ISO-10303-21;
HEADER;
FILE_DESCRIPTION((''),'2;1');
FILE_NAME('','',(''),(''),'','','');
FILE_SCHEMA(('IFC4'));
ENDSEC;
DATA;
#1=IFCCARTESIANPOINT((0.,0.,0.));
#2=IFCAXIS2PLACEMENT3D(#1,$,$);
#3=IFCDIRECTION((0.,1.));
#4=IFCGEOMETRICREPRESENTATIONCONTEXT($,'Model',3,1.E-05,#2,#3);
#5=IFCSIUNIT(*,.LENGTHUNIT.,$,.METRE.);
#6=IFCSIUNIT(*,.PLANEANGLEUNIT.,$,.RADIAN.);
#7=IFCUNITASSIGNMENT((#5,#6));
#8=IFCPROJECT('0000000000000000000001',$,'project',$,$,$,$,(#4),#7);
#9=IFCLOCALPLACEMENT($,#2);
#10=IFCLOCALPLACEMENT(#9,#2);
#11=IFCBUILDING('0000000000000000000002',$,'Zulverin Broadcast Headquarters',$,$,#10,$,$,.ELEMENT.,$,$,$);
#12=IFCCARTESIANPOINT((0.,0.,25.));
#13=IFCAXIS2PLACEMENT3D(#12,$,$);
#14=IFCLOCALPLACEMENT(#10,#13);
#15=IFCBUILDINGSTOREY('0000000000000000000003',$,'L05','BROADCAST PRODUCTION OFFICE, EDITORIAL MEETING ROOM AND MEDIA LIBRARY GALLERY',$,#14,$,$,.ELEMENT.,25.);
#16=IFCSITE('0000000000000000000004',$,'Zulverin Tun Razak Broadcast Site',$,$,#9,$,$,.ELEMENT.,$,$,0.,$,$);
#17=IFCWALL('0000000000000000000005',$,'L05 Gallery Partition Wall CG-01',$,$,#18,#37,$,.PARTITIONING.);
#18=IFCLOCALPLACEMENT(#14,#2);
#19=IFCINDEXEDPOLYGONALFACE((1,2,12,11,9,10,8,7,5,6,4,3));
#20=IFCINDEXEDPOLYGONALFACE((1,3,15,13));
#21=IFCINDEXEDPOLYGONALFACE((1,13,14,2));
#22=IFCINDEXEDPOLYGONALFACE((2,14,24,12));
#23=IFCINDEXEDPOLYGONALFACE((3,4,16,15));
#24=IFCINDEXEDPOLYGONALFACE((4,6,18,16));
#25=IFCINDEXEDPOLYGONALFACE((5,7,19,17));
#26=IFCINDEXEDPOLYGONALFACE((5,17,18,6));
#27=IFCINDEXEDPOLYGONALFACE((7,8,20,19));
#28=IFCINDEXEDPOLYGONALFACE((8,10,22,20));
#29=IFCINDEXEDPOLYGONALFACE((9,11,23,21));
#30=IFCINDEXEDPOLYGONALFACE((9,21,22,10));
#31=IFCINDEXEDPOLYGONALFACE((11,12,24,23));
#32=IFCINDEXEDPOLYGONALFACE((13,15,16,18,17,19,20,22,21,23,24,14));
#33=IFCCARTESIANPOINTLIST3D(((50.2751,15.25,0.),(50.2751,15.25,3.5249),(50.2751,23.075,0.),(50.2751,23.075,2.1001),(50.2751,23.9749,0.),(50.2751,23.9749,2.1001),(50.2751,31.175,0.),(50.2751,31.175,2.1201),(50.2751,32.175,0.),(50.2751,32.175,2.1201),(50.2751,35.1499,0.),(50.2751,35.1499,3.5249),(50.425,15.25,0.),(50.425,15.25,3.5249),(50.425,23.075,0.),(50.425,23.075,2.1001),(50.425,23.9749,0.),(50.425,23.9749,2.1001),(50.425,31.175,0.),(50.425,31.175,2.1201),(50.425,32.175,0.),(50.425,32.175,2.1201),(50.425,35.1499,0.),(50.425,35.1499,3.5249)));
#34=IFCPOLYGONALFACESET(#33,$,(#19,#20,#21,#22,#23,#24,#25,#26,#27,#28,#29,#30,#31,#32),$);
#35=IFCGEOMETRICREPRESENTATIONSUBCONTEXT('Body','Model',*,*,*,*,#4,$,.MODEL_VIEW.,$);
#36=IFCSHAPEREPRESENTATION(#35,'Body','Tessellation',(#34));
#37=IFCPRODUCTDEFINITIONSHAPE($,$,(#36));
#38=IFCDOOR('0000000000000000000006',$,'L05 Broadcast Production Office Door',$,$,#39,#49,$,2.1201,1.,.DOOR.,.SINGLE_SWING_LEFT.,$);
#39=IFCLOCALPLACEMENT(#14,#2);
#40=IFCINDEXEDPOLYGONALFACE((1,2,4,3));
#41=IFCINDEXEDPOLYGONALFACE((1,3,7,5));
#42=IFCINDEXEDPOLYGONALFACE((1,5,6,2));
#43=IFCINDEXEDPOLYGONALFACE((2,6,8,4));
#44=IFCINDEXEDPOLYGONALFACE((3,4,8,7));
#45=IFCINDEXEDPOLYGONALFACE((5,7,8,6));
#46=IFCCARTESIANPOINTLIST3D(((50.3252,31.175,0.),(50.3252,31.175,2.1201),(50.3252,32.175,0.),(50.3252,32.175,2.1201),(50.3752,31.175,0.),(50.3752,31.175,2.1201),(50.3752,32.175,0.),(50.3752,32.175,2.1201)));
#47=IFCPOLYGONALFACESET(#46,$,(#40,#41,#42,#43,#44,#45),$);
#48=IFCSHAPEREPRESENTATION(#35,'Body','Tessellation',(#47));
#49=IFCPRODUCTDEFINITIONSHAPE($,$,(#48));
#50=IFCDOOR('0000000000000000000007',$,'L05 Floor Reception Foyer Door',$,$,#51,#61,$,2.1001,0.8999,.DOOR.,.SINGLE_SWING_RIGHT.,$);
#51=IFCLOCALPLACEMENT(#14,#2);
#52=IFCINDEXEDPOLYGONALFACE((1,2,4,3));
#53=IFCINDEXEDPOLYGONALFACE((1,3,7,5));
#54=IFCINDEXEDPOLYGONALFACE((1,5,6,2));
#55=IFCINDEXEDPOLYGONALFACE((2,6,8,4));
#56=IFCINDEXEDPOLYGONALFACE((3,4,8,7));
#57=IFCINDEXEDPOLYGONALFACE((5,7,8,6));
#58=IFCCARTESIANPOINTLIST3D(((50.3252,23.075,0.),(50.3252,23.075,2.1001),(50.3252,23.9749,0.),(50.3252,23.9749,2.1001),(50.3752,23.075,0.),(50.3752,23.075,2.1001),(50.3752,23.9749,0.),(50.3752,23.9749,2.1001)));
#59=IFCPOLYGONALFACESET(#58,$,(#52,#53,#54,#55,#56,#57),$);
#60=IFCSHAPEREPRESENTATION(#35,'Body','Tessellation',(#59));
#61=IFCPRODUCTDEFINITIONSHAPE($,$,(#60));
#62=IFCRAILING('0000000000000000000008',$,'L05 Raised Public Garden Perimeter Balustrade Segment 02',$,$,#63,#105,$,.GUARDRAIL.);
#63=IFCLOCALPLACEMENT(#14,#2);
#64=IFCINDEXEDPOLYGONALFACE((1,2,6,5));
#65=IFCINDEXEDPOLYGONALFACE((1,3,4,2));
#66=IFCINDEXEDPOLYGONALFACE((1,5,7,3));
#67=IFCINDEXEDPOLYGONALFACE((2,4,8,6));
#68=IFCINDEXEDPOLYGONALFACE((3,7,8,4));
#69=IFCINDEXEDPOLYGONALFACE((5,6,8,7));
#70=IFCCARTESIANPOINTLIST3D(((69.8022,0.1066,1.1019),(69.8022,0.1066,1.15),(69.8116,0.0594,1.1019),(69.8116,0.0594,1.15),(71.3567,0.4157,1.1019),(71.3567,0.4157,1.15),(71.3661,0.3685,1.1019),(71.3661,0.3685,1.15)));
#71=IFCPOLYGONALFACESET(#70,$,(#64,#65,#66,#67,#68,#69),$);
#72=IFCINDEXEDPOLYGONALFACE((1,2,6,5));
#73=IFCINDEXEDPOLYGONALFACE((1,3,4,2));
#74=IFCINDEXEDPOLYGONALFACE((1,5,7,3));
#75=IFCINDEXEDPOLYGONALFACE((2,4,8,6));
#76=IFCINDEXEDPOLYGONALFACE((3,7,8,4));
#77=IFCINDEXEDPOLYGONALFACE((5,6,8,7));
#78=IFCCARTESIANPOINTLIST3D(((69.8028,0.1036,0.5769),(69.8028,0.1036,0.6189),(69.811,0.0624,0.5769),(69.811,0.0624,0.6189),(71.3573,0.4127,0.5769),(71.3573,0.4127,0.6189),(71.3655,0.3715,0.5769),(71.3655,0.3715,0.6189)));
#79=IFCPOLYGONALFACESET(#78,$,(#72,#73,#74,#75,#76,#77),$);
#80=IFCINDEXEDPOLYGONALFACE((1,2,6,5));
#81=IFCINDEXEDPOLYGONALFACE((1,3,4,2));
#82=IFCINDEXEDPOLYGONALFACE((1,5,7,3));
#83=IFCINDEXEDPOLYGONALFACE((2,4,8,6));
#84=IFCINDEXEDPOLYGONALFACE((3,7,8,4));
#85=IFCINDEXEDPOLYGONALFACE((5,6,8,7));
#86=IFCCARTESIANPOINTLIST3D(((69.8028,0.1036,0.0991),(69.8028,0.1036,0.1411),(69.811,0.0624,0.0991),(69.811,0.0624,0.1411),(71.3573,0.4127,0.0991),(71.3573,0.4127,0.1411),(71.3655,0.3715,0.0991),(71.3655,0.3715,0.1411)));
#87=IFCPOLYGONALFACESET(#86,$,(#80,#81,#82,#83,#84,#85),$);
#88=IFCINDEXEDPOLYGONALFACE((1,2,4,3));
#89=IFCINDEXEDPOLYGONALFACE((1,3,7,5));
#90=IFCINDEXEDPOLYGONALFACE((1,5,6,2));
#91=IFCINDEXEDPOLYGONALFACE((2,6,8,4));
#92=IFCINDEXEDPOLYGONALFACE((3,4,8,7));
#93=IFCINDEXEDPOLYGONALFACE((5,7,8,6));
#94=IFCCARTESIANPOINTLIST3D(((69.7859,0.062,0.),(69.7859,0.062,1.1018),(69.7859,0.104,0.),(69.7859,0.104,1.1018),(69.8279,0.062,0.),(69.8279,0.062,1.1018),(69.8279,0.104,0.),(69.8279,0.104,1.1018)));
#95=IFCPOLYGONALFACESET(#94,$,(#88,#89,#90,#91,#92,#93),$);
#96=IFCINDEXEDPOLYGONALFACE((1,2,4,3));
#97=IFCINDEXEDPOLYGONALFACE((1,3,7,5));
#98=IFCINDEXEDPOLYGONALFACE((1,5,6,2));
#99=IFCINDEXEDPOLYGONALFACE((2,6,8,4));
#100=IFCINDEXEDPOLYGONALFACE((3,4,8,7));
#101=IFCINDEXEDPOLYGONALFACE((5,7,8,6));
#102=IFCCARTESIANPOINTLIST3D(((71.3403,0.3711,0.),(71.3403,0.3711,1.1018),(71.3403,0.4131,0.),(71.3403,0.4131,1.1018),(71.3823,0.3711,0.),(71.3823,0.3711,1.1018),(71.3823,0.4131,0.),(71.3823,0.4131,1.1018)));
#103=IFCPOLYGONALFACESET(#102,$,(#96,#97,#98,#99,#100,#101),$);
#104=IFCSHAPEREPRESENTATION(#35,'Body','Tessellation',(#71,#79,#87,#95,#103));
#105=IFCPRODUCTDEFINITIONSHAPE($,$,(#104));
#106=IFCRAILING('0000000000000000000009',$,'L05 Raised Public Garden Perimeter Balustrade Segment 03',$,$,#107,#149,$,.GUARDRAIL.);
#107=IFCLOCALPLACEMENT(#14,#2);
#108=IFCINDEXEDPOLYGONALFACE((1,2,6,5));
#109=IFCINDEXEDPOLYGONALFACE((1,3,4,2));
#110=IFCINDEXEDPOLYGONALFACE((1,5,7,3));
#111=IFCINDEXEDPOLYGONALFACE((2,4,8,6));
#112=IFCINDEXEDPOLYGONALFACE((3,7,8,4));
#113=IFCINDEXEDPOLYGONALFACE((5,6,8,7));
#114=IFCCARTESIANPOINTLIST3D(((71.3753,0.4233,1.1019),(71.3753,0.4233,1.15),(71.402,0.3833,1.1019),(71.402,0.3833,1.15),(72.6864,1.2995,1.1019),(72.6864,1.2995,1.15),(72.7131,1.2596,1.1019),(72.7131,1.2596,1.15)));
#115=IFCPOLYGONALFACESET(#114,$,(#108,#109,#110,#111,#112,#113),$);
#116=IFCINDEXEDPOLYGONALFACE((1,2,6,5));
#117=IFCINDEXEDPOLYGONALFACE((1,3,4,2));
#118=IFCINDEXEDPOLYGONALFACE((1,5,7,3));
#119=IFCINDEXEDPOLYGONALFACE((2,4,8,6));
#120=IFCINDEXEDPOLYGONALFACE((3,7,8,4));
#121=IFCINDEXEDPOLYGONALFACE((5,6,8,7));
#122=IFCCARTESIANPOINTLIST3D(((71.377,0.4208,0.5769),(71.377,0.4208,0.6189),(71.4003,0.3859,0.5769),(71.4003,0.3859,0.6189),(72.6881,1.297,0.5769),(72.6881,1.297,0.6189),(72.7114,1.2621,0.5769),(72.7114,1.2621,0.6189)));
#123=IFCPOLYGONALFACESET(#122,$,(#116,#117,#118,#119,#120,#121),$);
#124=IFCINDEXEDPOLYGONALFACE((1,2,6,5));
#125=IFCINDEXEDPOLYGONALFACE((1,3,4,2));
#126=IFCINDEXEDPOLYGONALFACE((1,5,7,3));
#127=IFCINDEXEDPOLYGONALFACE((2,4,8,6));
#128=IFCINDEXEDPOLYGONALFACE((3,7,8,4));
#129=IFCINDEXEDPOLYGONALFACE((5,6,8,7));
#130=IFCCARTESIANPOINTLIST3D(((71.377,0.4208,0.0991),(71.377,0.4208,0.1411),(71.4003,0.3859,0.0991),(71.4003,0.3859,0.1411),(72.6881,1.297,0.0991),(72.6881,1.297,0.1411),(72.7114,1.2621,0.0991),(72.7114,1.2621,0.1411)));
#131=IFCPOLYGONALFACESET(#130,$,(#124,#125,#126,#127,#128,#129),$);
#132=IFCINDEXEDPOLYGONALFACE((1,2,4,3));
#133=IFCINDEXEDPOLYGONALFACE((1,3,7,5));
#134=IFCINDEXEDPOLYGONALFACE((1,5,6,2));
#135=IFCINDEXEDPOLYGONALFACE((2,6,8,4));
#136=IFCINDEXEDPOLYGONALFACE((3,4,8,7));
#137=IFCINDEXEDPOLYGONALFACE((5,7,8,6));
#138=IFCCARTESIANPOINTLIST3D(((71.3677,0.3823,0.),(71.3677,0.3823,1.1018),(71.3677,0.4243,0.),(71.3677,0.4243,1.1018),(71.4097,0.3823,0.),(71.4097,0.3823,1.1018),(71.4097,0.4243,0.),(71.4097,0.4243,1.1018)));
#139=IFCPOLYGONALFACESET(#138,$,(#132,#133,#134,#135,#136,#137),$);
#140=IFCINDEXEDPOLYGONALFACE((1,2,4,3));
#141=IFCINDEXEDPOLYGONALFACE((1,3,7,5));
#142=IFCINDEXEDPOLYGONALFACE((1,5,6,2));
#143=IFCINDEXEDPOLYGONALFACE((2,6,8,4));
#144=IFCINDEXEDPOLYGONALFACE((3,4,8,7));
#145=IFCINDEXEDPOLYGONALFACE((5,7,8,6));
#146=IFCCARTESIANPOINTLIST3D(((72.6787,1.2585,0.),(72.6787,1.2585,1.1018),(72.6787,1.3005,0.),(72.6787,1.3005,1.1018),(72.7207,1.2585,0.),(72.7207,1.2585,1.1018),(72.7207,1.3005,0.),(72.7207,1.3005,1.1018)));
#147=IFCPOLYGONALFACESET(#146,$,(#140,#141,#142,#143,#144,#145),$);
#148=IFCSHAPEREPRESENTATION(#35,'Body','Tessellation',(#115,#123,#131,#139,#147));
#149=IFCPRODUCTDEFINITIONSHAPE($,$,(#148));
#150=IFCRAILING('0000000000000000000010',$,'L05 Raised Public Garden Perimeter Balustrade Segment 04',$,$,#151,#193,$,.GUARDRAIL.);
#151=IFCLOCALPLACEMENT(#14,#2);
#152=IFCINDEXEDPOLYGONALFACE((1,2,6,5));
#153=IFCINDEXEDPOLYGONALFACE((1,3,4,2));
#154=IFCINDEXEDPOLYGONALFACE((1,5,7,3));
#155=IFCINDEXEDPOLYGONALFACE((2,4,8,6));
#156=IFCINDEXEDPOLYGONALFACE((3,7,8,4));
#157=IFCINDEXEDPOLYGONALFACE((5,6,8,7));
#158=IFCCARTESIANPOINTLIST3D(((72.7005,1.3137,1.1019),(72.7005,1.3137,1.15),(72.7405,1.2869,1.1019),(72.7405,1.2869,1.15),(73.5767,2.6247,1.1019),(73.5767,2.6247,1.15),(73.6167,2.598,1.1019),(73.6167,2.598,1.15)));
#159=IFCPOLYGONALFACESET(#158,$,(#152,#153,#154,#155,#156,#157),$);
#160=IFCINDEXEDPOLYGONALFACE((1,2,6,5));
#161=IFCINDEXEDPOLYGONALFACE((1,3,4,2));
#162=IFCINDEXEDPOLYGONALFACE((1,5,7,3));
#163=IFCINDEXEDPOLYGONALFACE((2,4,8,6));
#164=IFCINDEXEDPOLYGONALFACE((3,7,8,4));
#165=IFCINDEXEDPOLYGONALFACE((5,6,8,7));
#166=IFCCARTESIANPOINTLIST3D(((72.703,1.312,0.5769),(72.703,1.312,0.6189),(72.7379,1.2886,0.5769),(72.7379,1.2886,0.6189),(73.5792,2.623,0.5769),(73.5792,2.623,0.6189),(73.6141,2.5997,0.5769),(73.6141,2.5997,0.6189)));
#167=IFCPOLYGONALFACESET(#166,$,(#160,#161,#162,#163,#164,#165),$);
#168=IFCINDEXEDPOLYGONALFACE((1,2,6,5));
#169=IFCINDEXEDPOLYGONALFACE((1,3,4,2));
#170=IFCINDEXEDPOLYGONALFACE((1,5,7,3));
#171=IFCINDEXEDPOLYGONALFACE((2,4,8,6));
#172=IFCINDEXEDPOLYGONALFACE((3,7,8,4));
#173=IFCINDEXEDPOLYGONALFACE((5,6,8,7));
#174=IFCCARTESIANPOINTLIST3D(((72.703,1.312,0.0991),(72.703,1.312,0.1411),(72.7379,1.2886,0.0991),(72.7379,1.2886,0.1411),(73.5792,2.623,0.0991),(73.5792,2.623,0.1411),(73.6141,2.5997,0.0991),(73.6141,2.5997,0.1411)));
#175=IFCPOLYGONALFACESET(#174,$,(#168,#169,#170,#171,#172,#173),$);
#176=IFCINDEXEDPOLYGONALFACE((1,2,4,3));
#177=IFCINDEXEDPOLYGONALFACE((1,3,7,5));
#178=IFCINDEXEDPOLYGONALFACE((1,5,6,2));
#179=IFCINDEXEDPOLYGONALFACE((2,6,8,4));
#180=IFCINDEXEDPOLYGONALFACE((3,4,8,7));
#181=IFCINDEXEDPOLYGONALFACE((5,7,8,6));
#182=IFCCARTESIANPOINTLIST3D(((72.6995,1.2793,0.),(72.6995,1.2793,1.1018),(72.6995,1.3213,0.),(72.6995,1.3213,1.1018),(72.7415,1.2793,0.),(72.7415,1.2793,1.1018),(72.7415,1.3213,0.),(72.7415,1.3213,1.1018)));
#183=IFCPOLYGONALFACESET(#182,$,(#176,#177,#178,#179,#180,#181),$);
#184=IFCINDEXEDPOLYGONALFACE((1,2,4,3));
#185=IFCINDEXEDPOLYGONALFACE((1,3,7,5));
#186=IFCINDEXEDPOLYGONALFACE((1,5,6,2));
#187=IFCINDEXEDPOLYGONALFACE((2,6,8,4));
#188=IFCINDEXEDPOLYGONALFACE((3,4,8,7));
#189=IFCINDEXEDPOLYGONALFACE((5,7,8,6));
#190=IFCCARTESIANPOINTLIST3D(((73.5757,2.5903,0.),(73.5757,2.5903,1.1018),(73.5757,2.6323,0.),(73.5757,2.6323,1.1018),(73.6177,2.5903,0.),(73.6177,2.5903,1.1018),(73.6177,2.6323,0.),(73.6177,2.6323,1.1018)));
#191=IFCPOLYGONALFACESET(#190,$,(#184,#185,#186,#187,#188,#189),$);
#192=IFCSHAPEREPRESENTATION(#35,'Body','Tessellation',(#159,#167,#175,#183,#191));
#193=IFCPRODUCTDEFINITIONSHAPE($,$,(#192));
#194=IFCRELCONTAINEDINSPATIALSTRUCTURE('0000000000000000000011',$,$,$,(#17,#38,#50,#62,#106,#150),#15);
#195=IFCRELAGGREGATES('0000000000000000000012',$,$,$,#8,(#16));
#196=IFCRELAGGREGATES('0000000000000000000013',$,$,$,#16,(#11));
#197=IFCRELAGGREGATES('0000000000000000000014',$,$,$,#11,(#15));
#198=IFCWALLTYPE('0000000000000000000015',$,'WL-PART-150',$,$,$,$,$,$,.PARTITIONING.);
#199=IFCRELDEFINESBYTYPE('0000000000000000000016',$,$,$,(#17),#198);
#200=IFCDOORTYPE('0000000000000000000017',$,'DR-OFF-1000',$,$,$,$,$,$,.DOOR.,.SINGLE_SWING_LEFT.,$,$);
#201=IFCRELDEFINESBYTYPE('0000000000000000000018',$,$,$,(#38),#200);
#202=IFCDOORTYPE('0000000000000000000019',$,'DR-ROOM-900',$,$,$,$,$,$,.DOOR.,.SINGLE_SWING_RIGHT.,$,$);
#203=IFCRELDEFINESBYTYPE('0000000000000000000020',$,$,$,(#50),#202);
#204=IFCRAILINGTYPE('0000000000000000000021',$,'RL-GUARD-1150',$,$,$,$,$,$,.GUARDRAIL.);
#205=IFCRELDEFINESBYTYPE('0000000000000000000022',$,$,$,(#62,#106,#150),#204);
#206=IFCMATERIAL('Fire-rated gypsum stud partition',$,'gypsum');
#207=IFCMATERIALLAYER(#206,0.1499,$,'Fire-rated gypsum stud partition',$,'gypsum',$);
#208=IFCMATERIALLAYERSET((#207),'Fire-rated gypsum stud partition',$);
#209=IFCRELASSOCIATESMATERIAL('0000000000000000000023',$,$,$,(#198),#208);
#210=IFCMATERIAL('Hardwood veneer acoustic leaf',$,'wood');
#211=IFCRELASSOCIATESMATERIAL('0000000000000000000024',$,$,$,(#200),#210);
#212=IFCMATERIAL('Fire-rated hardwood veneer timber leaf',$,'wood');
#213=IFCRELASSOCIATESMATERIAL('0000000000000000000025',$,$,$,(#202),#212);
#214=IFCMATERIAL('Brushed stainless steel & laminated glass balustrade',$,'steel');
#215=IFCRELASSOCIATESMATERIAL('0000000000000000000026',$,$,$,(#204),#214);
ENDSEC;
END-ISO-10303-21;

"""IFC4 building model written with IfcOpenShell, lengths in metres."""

from ifc_helpers import new_model, si_unit, direction, frame, frame_2d, origin, origin_2d, place, context, subcontext, project, spatial, rectangle, extrude, material, layer, layer_set, type_object, element, fill, save


model = new_model("IFC4")

# Units and contexts
model_context = context("Model", 3, precision=1e-05, world=origin(), true_north=direction((0.0, 1.0)))
body_context = subcontext(model_context, "Body", "Model", "MODEL_VIEW")
ifc_project = project(units=[si_unit("LENGTHUNIT", "METRE"), si_unit("PLANEANGLEUNIT", "RADIAN")], contexts=[model_context])

# Site, building, storey
site_placement = place(None, origin())
site = spatial("IfcSite", under=ifc_project, at=site_placement, Name="Zulverin Tun Razak Broadcast Site", CompositionType="ELEMENT", RefElevation=0.0)
building_placement = place(site_placement, origin())
building = spatial("IfcBuilding", under=site, at=building_placement, Name="Zulverin Broadcast Headquarters", CompositionType="ELEMENT")
storey_placement = place(building_placement, frame((0.0, 0.0, 25.0)))
storey = spatial("IfcBuildingStorey", under=building, at=storey_placement, Name="L05", Description="BROADCAST PRODUCTION OFFICE, EDITORIAL MEETING ROOM AND MEDIA LIBRARY GALLERY", CompositionType="ELEMENT", Elevation=25.0)

# Wall, openings, doors
ifc_material_1 = material(Name="Fire-rated gypsum stud partition", Category="gypsum")
ifc_layer_1 = layer(ifc_material_1, 0.1499, Name="Fire-rated gypsum stud partition", Category="gypsum")
ifc_layer_set_1 = layer_set([ifc_layer_1], Name="Fire-rated gypsum stud partition")
wall_type_1 = type_object("IfcWallType", Name="WL-PART-150", PredefinedType="PARTITIONING", material=ifc_layer_set_1)
wall_1_placement = place(storey_placement, frame((50.3501, 15.25, 0.0), z_axis=(0.0, 0.0, 1.0), x_axis=(0.0, 1.0, 0.0)))
wall_1 = element("IfcWall", 1, at=wall_1_placement, inside=storey, type_object=wall_type_1, Name="L05 Gallery Partition Wall CG-01", PredefinedType="PARTITIONING", context=body_context, shape_type="SweptSolid", body=[
    extrude(rectangle(XDim=19.8999, YDim=0.1499, at=frame_2d((9.95, 0.0))), origin(), (0.0, 0.0, 1.0), 3.5249),
])
opening_1_placement = place(wall_1_placement, frame((7.825, 0.0, 0.0)))
opening_1 = element("IfcOpeningElement", 2, at=opening_1_placement, cuts=wall_1, PredefinedType="OPENING", context=body_context, shape_type="SweptSolid", body=[
    extrude(rectangle(XDim=0.8999, YDim=2.1001, at=frame_2d((0.45, 1.05))), frame((0.0, 0.085, 0.0), z_axis=(0.0, -1.0, 0.0), x_axis=(1.0, 0.0, 0.0)), (0.0, 0.0, 1.0), 0.1699),
])
opening_2_placement = place(wall_1_placement, frame((15.925, 0.0, 0.0)))
opening_2 = element("IfcOpeningElement", 3, at=opening_2_placement, cuts=wall_1, PredefinedType="OPENING", context=body_context, shape_type="SweptSolid", body=[
    extrude(rectangle(XDim=1.0, YDim=2.1201, at=frame_2d((0.5, 1.0601))), frame((0.0, 0.085, 0.0), z_axis=(0.0, -1.0, 0.0), x_axis=(1.0, 0.0, 0.0)), (0.0, 0.0, 1.0), 0.1699),
])
ifc_material_2 = material(Name="Hardwood veneer acoustic leaf", Category="wood")
door_type_1 = type_object("IfcDoorType", Name="DR-OFF-1000", OperationType="SINGLE_SWING_LEFT", PredefinedType="DOOR", material=ifc_material_2)
door_1_placement = place(opening_2_placement, origin())
door_1 = element("IfcDoor", 4, at=door_1_placement, inside=storey, type_object=door_type_1, Name="L05 Broadcast Production Office Door", OperationType="SINGLE_SWING_LEFT", OverallHeight=2.1201, OverallWidth=1.0, PredefinedType="DOOR", context=body_context, shape_type="SweptSolid", body=[
    extrude(rectangle(XDim=1.0, YDim=2.1201, at=frame_2d((0.5, 1.0601))), frame((0.0, 0.0249, 0.0), z_axis=(0.0, -1.0, 0.0), x_axis=(1.0, 0.0, 0.0)), (0.0, 0.0, 1.0), 0.05),
])
fill(opening_2, door_1)
ifc_material_3 = material(Name="Fire-rated hardwood veneer timber leaf", Category="wood")
door_type_2 = type_object("IfcDoorType", Name="DR-ROOM-900", OperationType="SINGLE_SWING_RIGHT", PredefinedType="DOOR", material=ifc_material_3)
door_2_placement = place(opening_1_placement, origin())
door_2 = element("IfcDoor", 5, at=door_2_placement, inside=storey, type_object=door_type_2, Name="L05 Floor Reception Foyer Door", OperationType="SINGLE_SWING_RIGHT", OverallHeight=2.1001, OverallWidth=0.8999, PredefinedType="DOOR", context=body_context, shape_type="SweptSolid", body=[
    extrude(rectangle(XDim=0.8999, YDim=2.1001, at=frame_2d((0.45, 1.05))), frame((0.0, 0.0249, 0.0), z_axis=(0.0, -1.0, 0.0), x_axis=(1.0, 0.0, 0.0)), (0.0, 0.0, 1.0), 0.05),
])
fill(opening_1, door_2)

# Railings
ifc_material_4 = material(Name="Brushed stainless steel & laminated glass balustrade", Category="steel")
railing_type = type_object("IfcRailingType", Name="RL-GUARD-1150", PredefinedType="GUARDRAIL", material=ifc_material_4)
railing_1_placement = place(storey_placement, frame((69.8069, 0.083, 0.0)))
element("IfcRailing", 6, at=railing_1_placement, inside=storey, type_object=railing_type, Name="L05 Raised Public Garden Perimeter Balustrade Segment 02", PredefinedType="GUARDRAIL", context=body_context, shape_type="SweptSolid", body=[
    extrude(rectangle(XDim=0.0481, YDim=0.0481, at=origin_2d()), frame((0.0, 0.0, 1.126), z_axis=(0.980799, 0.19502, 0.0), x_axis=(-0.19502, 0.980799, 0.0)), (0.0, 0.0, 1.0), 1.585),
    extrude(rectangle(XDim=0.042, YDim=0.042, at=origin_2d()), frame((0.0, 0.0, 0.5979), z_axis=(0.980799, 0.19502, 0.0), x_axis=(-0.19502, 0.980799, 0.0)), (0.0, 0.0, 1.0), 1.585),
    extrude(rectangle(XDim=0.042, YDim=0.042, at=origin_2d()), frame((0.0, 0.0, 0.1201), z_axis=(0.980799, 0.19502, 0.0), x_axis=(-0.19502, 0.980799, 0.0)), (0.0, 0.0, 1.0), 1.585),
    extrude(rectangle(XDim=0.042, YDim=0.042, at=origin_2d()), origin(), (0.0, 0.0, 1.0), 1.1018),
    extrude(rectangle(XDim=0.042, YDim=0.042, at=origin_2d()), frame((1.5544, 0.3091, 0.0)), (0.0, 0.0, 1.0), 1.1018),
])
railing_2_placement = place(storey_placement, frame((71.3887, 0.4033, 0.0)))
element("IfcRailing", 7, at=railing_2_placement, inside=storey, type_object=railing_type, Name="L05 Raised Public Garden Perimeter Balustrade Segment 03", PredefinedType="GUARDRAIL", context=body_context, shape_type="SweptSolid", body=[
    extrude(rectangle(XDim=0.0481, YDim=0.0481, at=origin_2d()), frame((0.0, 0.0, 1.126), z_axis=(0.831407, 0.555664, 0.0), x_axis=(-0.555664, 0.831407, 0.0)), (0.0, 0.0, 1.0), 1.5769),
    extrude(rectangle(XDim=0.042, YDim=0.042, at=origin_2d()), frame((0.0, 0.0, 0.5979), z_axis=(0.831407, 0.555664, 0.0), x_axis=(-0.555664, 0.831407, 0.0)), (0.0, 0.0, 1.0), 1.5769),
    extrude(rectangle(XDim=0.042, YDim=0.042, at=origin_2d()), frame((0.0, 0.0, 0.1201), z_axis=(0.831407, 0.555664, 0.0), x_axis=(-0.555664, 0.831407, 0.0)), (0.0, 0.0, 1.0), 1.5769),
    extrude(rectangle(XDim=0.042, YDim=0.042, at=origin_2d()), origin(), (0.0, 0.0, 1.0), 1.1018),
    extrude(rectangle(XDim=0.042, YDim=0.042, at=origin_2d()), frame((1.311, 0.8762, 0.0)), (0.0, 0.0, 1.0), 1.1018),
])
railing_3_placement = place(storey_placement, frame((72.7205, 1.3003, 0.0)))
element("IfcRailing", 8, at=railing_3_placement, inside=storey, type_object=railing_type, Name="L05 Raised Public Garden Perimeter Balustrade Segment 04", PredefinedType="GUARDRAIL", context=body_context, shape_type="SweptSolid", body=[
    extrude(rectangle(XDim=0.0481, YDim=0.0481, at=origin_2d()), frame((0.0, 0.0, 1.126), z_axis=(0.555664, 0.831407, 0.0), x_axis=(-0.831407, 0.555664, 0.0)), (0.0, 0.0, 1.0), 1.5769),
    extrude(rectangle(XDim=0.042, YDim=0.042, at=origin_2d()), frame((0.0, 0.0, 0.5979), z_axis=(0.555664, 0.831407, 0.0), x_axis=(-0.831407, 0.555664, 0.0)), (0.0, 0.0, 1.0), 1.5769),
    extrude(rectangle(XDim=0.042, YDim=0.042, at=origin_2d()), frame((0.0, 0.0, 0.1201), z_axis=(0.555664, 0.831407, 0.0), x_axis=(-0.831407, 0.555664, 0.0)), (0.0, 0.0, 1.0), 1.5769),
    extrude(rectangle(XDim=0.042, YDim=0.042, at=origin_2d()), origin(), (0.0, 0.0, 1.0), 1.1018),
    extrude(rectangle(XDim=0.042, YDim=0.042, at=origin_2d()), frame((0.8762, 1.311, 0.0)), (0.0, 0.0, 1.0), 1.1018),
])

save(model, "model.ifc")
